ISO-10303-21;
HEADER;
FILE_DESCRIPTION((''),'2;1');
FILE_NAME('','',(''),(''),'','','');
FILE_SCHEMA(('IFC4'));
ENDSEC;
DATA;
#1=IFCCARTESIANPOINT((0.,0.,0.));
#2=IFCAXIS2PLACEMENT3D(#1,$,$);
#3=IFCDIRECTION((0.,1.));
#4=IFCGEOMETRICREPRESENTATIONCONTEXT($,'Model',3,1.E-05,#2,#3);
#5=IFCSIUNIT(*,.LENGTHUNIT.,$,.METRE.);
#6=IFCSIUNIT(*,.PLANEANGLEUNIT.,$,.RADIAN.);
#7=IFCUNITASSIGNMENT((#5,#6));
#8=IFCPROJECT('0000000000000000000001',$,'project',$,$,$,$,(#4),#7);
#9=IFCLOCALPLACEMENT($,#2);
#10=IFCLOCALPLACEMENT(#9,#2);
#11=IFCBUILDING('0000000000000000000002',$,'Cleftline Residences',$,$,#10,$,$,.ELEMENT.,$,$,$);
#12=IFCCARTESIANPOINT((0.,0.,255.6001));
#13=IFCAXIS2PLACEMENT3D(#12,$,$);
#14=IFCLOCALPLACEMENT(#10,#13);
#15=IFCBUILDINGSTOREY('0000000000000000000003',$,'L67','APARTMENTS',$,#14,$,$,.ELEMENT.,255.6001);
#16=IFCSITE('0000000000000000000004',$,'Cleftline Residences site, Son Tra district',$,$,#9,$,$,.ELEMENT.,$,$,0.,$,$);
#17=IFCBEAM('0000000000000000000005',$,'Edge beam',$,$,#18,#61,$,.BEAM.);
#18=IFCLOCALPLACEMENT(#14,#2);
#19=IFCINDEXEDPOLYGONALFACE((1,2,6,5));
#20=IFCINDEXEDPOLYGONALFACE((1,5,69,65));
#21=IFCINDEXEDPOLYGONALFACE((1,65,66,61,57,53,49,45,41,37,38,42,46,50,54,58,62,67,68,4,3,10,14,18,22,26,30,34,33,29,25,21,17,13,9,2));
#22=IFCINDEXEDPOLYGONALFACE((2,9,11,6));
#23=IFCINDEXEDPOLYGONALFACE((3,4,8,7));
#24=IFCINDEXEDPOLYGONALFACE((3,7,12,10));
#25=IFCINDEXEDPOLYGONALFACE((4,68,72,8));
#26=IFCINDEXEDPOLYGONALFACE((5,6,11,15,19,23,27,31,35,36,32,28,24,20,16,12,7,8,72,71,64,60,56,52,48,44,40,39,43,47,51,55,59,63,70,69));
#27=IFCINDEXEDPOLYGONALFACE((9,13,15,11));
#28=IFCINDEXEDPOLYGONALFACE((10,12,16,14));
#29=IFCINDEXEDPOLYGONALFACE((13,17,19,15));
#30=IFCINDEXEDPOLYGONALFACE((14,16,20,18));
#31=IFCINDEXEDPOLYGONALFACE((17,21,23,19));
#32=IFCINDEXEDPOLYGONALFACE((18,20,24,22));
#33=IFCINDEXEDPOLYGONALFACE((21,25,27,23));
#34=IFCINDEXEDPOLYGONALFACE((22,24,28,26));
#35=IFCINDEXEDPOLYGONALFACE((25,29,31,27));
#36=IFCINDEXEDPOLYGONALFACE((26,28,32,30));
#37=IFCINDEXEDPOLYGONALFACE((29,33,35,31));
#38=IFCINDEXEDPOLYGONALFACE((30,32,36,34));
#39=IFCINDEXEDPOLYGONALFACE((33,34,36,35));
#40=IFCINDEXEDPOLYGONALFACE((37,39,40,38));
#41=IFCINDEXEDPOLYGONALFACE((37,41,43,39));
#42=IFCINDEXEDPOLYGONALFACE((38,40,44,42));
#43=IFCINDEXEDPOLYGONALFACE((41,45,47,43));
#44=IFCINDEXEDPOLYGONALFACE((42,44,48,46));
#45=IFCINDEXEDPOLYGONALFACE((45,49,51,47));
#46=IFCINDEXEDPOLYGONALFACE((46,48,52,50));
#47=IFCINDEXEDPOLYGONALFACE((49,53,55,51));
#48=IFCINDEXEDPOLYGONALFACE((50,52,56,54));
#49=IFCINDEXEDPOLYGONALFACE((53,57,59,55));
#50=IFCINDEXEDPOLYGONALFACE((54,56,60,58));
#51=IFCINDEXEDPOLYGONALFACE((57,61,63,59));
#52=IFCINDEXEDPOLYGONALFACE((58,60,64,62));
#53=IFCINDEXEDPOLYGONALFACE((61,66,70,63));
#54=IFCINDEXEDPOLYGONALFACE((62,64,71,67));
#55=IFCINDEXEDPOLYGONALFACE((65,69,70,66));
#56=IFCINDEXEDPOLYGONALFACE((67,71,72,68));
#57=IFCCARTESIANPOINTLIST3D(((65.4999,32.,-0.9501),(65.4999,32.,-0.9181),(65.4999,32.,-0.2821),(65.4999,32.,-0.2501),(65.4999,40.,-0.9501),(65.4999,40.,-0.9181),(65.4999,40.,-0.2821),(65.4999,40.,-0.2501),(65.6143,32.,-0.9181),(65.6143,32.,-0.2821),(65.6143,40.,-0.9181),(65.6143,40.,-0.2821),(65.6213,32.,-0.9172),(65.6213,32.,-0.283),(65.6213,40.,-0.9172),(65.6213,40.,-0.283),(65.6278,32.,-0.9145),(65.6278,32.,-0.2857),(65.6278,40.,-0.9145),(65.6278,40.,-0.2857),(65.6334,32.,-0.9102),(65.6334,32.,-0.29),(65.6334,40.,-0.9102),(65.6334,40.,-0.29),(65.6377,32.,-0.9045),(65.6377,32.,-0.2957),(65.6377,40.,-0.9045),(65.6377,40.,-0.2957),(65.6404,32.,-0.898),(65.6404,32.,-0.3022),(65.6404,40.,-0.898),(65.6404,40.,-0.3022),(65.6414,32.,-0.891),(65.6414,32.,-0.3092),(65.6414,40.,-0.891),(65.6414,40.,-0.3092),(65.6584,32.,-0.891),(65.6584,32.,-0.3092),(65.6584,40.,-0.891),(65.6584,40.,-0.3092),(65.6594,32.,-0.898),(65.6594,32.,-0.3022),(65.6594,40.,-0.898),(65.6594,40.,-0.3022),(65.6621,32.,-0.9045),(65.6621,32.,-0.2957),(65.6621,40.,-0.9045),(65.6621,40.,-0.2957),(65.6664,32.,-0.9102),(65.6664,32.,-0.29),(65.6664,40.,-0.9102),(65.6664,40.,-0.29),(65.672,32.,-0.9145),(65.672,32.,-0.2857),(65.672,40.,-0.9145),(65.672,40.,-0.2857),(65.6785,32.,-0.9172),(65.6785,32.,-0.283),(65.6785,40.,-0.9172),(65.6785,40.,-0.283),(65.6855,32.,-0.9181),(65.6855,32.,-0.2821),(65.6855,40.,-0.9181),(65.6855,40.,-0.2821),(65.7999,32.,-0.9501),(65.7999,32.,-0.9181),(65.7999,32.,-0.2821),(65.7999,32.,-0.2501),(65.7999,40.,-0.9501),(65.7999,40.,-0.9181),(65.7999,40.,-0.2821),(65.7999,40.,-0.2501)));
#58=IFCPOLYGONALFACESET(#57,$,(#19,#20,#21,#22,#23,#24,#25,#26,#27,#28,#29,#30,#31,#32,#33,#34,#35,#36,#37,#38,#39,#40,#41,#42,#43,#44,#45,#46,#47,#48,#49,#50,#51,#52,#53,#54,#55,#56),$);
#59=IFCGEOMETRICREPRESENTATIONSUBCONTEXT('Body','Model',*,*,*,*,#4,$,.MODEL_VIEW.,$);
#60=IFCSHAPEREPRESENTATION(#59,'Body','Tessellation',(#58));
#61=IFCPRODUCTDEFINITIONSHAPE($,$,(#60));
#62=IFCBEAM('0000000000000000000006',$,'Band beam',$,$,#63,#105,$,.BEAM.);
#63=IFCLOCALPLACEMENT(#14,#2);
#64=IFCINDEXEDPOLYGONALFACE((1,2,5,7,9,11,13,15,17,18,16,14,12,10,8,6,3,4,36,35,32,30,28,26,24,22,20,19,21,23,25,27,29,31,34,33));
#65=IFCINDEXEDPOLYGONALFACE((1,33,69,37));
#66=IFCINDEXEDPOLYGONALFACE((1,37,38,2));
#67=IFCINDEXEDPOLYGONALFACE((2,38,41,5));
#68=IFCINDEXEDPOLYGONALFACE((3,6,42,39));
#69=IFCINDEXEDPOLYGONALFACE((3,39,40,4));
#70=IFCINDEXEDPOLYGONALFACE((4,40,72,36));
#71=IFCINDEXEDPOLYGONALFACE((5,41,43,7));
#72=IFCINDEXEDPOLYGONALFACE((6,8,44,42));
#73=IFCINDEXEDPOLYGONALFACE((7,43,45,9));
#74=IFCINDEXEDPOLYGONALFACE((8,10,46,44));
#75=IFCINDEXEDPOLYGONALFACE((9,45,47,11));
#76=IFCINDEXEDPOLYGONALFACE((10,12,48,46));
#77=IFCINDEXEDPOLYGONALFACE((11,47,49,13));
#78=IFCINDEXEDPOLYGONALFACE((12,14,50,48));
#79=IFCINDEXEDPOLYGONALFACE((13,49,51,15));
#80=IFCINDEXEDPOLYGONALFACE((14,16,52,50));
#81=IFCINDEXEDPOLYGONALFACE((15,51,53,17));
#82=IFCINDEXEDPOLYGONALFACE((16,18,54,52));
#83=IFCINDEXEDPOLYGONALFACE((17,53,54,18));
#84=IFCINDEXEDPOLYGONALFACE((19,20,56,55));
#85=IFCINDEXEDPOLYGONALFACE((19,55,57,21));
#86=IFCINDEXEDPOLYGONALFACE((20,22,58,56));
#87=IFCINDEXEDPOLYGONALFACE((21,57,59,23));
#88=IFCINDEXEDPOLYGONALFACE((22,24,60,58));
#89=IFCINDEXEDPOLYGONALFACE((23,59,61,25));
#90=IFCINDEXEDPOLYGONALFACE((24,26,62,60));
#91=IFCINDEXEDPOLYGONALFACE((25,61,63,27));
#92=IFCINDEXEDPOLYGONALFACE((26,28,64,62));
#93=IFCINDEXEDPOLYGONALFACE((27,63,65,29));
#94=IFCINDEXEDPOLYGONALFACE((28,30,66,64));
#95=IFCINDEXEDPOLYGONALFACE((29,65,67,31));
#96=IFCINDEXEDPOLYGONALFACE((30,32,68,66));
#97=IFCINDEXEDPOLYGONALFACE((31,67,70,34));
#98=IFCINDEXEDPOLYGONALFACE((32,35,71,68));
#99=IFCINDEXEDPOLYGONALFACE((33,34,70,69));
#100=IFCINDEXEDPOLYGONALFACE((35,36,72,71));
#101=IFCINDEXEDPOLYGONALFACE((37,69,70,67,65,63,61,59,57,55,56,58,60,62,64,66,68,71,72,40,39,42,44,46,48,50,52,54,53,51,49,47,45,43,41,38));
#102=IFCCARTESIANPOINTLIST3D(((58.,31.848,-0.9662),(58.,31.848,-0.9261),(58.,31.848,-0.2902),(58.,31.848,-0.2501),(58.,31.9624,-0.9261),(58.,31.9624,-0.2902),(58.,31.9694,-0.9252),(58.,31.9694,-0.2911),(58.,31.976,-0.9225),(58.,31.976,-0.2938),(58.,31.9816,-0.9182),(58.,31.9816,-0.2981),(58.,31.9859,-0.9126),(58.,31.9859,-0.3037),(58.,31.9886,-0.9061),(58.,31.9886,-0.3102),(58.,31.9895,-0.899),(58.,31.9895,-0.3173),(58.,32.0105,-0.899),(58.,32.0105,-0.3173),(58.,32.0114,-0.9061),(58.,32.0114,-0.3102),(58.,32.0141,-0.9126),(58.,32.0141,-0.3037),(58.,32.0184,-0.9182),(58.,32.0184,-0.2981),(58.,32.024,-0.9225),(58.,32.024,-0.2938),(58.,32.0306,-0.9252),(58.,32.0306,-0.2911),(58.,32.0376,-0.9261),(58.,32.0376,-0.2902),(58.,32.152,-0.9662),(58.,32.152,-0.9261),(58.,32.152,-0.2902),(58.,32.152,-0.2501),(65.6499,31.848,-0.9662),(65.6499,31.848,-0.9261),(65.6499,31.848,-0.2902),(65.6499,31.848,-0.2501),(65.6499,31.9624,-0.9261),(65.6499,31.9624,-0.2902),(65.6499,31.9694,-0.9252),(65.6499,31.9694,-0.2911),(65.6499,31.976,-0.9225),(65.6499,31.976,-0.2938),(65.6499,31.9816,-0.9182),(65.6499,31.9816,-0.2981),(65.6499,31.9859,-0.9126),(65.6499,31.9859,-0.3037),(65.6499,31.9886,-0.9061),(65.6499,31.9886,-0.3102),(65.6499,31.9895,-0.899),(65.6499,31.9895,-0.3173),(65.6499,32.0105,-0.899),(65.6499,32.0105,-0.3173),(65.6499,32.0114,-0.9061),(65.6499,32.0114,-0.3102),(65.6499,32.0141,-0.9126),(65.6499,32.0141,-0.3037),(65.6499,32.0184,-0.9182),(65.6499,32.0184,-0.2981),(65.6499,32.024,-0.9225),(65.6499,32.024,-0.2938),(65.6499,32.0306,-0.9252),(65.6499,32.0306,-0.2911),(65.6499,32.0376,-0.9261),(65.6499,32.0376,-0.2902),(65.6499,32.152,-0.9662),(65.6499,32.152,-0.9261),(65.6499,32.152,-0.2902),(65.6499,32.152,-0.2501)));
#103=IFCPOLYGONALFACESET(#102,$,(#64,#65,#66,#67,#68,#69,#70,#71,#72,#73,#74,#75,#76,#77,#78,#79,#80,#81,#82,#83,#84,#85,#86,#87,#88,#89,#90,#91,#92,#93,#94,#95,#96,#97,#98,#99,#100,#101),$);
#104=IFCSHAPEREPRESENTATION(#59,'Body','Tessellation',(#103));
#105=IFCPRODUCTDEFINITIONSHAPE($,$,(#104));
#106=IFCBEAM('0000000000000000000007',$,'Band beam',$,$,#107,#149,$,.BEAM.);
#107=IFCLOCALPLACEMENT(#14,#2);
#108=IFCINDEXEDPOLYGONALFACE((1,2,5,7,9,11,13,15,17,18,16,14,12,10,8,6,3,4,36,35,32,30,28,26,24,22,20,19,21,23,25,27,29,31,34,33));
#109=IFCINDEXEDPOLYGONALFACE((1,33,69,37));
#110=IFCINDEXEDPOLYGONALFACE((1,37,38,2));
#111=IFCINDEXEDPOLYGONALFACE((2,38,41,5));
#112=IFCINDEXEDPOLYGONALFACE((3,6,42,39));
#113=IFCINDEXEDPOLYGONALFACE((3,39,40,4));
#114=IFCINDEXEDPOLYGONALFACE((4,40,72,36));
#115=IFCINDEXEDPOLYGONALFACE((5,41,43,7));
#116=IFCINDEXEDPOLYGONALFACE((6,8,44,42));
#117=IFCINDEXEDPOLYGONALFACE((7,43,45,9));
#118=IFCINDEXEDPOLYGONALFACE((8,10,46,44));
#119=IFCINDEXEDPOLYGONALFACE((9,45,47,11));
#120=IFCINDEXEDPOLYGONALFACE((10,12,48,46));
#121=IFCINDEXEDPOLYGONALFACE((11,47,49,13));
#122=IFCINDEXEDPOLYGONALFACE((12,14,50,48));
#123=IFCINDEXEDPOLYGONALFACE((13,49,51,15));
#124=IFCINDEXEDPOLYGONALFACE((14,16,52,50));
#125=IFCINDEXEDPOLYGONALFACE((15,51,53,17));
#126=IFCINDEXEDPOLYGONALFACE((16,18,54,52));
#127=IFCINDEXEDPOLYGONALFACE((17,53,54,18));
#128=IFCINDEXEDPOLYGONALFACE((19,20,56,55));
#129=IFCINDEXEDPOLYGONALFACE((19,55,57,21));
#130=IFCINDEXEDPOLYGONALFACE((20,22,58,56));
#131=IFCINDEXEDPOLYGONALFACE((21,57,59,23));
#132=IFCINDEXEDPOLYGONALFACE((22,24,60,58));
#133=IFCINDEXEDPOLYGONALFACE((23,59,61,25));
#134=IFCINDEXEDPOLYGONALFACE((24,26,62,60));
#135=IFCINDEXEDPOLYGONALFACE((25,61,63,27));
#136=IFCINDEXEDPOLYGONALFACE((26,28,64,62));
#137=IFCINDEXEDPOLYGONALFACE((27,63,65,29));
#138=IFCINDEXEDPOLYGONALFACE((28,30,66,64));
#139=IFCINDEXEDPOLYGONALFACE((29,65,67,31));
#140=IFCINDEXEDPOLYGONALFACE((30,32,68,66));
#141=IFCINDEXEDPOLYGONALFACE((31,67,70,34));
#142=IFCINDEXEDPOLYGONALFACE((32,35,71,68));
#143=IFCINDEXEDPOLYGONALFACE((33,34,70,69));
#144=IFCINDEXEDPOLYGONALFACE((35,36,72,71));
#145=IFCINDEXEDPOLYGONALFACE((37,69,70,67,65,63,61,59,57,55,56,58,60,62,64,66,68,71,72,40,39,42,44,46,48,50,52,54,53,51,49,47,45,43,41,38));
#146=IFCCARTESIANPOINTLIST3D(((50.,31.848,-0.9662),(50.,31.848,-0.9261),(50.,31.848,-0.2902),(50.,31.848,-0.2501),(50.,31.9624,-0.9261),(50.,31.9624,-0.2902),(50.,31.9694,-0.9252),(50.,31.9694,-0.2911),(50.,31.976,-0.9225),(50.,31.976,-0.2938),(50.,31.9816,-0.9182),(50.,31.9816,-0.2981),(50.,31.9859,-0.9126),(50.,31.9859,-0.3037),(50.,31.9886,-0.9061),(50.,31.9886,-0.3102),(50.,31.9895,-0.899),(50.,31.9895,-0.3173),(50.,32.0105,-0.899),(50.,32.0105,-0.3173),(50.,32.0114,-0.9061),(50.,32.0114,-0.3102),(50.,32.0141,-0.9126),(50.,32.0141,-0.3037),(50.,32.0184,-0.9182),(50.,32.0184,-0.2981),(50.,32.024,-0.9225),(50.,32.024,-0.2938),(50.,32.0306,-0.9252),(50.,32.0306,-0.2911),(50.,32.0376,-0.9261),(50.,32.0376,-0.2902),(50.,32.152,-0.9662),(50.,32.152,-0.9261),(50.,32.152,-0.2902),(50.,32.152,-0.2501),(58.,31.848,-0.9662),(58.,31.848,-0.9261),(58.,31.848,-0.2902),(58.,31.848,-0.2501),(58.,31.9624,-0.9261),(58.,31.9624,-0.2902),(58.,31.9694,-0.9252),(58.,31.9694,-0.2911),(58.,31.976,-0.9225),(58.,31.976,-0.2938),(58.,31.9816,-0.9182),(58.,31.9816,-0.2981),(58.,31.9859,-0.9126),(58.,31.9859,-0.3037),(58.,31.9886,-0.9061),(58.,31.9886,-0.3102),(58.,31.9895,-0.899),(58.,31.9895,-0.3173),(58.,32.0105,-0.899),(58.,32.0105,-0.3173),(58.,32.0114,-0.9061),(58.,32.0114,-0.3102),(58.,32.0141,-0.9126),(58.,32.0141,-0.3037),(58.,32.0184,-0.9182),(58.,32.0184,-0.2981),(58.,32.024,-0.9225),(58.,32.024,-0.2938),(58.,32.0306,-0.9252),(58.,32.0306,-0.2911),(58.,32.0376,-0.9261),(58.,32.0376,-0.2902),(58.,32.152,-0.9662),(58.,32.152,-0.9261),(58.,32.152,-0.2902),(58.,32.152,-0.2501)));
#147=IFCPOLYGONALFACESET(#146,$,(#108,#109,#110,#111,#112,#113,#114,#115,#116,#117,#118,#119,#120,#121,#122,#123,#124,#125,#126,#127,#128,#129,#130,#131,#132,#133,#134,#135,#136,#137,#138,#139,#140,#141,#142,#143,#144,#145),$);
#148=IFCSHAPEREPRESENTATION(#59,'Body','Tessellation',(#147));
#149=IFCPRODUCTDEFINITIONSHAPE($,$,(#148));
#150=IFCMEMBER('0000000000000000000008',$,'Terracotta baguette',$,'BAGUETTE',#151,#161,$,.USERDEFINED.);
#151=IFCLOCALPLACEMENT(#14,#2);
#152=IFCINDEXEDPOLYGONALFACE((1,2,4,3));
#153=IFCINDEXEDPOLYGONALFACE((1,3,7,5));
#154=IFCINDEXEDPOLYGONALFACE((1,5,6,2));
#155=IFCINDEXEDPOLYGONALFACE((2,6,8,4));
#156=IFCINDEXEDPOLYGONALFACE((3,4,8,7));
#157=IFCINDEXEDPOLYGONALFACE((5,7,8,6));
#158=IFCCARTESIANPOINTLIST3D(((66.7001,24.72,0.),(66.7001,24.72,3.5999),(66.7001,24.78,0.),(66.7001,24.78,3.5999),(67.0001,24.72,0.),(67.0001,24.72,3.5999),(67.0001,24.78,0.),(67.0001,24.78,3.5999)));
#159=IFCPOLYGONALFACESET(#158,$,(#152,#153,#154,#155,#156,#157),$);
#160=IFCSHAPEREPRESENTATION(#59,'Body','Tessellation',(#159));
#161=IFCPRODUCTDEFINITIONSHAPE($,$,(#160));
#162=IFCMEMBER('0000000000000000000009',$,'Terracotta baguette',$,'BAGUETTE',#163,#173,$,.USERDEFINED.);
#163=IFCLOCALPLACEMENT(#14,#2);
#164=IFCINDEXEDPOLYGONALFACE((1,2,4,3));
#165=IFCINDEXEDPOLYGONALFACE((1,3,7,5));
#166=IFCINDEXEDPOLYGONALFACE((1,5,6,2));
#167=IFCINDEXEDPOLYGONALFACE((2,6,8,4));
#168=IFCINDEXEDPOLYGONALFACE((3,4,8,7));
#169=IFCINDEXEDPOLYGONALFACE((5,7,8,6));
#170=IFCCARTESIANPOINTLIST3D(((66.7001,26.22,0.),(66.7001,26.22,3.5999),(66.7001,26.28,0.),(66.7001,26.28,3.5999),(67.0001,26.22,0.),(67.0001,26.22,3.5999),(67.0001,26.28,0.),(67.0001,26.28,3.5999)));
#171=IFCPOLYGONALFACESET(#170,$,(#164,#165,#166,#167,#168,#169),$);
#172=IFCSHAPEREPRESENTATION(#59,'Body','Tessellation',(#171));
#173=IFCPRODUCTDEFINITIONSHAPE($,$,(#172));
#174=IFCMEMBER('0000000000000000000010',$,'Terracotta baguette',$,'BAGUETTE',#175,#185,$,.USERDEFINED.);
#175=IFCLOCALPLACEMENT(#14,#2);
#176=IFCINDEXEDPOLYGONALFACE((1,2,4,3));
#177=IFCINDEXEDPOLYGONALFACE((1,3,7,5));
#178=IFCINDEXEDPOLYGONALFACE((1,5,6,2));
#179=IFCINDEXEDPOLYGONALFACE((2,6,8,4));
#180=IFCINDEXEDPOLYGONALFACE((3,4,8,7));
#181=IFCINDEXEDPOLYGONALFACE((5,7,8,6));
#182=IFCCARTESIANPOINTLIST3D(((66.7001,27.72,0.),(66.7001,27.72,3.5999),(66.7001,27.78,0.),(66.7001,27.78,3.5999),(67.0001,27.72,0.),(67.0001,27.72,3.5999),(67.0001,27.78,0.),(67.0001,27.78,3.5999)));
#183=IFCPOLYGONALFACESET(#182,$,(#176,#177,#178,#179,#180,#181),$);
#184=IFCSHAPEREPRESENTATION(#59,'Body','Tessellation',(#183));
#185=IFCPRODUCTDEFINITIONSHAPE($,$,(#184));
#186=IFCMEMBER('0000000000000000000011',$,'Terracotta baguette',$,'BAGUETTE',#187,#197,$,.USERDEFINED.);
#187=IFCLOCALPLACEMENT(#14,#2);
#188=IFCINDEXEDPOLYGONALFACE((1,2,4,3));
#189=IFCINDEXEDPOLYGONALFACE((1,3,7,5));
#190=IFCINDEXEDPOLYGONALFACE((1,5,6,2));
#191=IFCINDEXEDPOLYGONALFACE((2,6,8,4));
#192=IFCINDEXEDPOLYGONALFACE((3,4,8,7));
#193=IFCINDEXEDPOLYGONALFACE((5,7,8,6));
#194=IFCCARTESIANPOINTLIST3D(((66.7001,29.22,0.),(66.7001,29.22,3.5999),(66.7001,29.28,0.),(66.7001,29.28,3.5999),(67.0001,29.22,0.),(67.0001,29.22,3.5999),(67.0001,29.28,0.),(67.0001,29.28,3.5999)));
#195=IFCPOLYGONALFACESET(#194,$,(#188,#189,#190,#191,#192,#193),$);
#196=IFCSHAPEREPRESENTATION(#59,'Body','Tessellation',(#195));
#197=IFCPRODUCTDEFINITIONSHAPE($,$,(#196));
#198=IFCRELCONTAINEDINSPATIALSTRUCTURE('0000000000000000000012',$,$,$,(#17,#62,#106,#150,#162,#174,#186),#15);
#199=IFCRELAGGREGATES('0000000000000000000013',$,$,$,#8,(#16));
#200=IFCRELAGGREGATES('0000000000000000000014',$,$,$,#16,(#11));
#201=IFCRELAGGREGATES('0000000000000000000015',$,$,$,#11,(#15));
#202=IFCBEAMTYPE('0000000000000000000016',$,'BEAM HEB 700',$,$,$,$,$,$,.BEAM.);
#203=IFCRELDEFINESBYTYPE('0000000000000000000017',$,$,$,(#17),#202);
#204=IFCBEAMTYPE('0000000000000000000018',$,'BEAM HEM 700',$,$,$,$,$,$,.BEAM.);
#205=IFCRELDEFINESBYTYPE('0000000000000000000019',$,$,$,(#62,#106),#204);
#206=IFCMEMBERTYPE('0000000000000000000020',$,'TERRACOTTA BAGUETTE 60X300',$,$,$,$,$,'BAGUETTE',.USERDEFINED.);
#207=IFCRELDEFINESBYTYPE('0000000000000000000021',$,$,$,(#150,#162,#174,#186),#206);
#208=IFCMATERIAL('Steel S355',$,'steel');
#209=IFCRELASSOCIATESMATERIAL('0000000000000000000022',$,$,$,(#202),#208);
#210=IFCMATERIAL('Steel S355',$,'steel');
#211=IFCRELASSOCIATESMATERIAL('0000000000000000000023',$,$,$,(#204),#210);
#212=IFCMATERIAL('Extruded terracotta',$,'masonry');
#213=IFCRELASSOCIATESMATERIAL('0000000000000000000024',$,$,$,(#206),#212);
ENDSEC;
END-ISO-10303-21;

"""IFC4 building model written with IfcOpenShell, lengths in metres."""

from ifc_helpers import new_model, si_unit, direction, frame, origin, origin_2d, place, context, subcontext, project, spatial, rectangle, i_section, extrude, material, material_profile, profile_set, type_object, element, save


model = new_model("IFC4")

# Units and contexts
model_context = context("Model", 3, precision=1e-05, world=origin(), true_north=direction((0.0, 1.0)))
body_context = subcontext(model_context, "Body", "Model", "MODEL_VIEW")
ifc_project = project(units=[si_unit("LENGTHUNIT", "METRE"), si_unit("PLANEANGLEUNIT", "RADIAN")], contexts=[model_context])

# Site, building, storey
site_placement = place(None, origin())
site = spatial("IfcSite", under=ifc_project, at=site_placement, Name="Cleftline Residences site, Son Tra district", CompositionType="ELEMENT", RefElevation=0.0)
building_placement = place(site_placement, origin())
building = spatial("IfcBuilding", under=site, at=building_placement, Name="Cleftline Residences", CompositionType="ELEMENT")
storey_placement = place(building_placement, frame((0.0, 0.0, 255.6001)))
storey = spatial("IfcBuildingStorey", under=building, at=storey_placement, Name="L67", Description="APARTMENTS", CompositionType="ELEMENT", Elevation=255.6001)

# Beams
ifc_material_1 = material(Name="Steel S355", Category="steel")
ifc_material_profile_1 = material_profile(ifc_material_1, i_section(OverallWidth=0.3, OverallDepth=0.7, WebThickness=0.0171, FlangeThickness=0.032, FilletRadius=0.0271, at=origin_2d()))
ifc_profile_set_1 = profile_set([ifc_material_profile_1], Name="Steel S355")
beam_type_1 = type_object("IfcBeamType", Name="BEAM HEB 700", PredefinedType="BEAM", material=ifc_profile_set_1)
for number, where, z_axis, x_axis, name in (
    (1, (65.6499, 32.0, -0.6001), (0.0, 1.0, 0.0), (-1.0, 0.0, 0.0), "Edge beam"),
):
    element("IfcBeam", number, at=place(storey_placement, frame(where, z_axis=z_axis, x_axis=x_axis)), inside=storey, type_object=beam_type_1, Name=name, PredefinedType="BEAM", context=body_context, shape_type="SweptSolid", body=[
        extrude(i_section(OverallWidth=0.3, OverallDepth=0.7, WebThickness=0.0171, FlangeThickness=0.032, FilletRadius=0.0271, at=origin_2d()), origin(), (0.0, 0.0, 1.0), 8.0),
    ])
ifc_material_2 = material(Name="Steel S355", Category="steel")
ifc_material_profile_2 = material_profile(ifc_material_2, i_section(OverallWidth=0.304, OverallDepth=0.7161, WebThickness=0.021, FlangeThickness=0.04, FilletRadius=0.0271, at=origin_2d()))
ifc_profile_set_2 = profile_set([ifc_material_profile_2], Name="Steel S355")
beam_type_2 = type_object("IfcBeamType", Name="BEAM HEM 700", PredefinedType="BEAM", material=ifc_profile_set_2)
beam_1_placement = place(storey_placement, frame((65.6499, 32.0, -0.6082), z_axis=(-1.0, 0.0, 0.0), x_axis=(0.0, -1.0, 0.0)))
element("IfcBeam", 2, at=beam_1_placement, inside=storey, type_object=beam_type_2, Name="Band beam", PredefinedType="BEAM", context=body_context, shape_type="SweptSolid", body=[
    extrude(i_section(OverallWidth=0.304, OverallDepth=0.7161, WebThickness=0.021, FlangeThickness=0.04, FilletRadius=0.0271, at=origin_2d()), origin(), (0.0, 0.0, 1.0), 7.6499),
])
beam_2_placement = place(storey_placement, frame((58.0, 32.0, -0.6082), z_axis=(-1.0, 0.0, 0.0), x_axis=(0.0, -1.0, 0.0)))
element("IfcBeam", 3, at=beam_2_placement, inside=storey, type_object=beam_type_2, Name="Band beam", PredefinedType="BEAM", context=body_context, shape_type="SweptSolid", body=[
    extrude(i_section(OverallWidth=0.304, OverallDepth=0.7161, WebThickness=0.021, FlangeThickness=0.04, FilletRadius=0.0271, at=origin_2d()), origin(), (0.0, 0.0, 1.0), 8.0),
])

# Members
ifc_material_3 = material(Name="Extruded terracotta", Category="masonry")
ifc_material_profile_3 = material_profile(ifc_material_3, rectangle(XDim=0.0601, YDim=0.3, at=origin_2d()))
ifc_profile_set_3 = profile_set([ifc_material_profile_3], Name="Extruded terracotta")
member_type_1 = type_object("IfcMemberType", Name="TERRACOTTA BAGUETTE 60X300", ElementType="BAGUETTE", PredefinedType="USERDEFINED", material=ifc_profile_set_3)
for number, where, z_axis, x_axis, name in (
    (4, (66.8501, 24.75, 0.0), (0.0, 0.0, 1.0), (0.0, 1.0, 0.0), "Terracotta baguette"),
    (5, (66.8501, 26.25, 0.0), (0.0, 0.0, 1.0), (0.0, 1.0, 0.0), "Terracotta baguette"),
    (6, (66.8501, 27.75, 0.0), (0.0, 0.0, 1.0), (0.0, 1.0, 0.0), "Terracotta baguette"),
    (7, (66.8501, 29.25, 0.0), (0.0, 0.0, 1.0), (0.0, 1.0, 0.0), "Terracotta baguette"),
):
    element("IfcMember", number, at=place(storey_placement, frame(where, z_axis=z_axis, x_axis=x_axis)), inside=storey, type_object=member_type_1, Name=name, ObjectType="BAGUETTE", PredefinedType="USERDEFINED", context=body_context, shape_type="SweptSolid", body=[
        extrude(rectangle(XDim=0.0601, YDim=0.3, at=origin_2d()), origin(), (0.0, 0.0, 1.0), 3.5999),
    ])

save(model, "model.ifc")
